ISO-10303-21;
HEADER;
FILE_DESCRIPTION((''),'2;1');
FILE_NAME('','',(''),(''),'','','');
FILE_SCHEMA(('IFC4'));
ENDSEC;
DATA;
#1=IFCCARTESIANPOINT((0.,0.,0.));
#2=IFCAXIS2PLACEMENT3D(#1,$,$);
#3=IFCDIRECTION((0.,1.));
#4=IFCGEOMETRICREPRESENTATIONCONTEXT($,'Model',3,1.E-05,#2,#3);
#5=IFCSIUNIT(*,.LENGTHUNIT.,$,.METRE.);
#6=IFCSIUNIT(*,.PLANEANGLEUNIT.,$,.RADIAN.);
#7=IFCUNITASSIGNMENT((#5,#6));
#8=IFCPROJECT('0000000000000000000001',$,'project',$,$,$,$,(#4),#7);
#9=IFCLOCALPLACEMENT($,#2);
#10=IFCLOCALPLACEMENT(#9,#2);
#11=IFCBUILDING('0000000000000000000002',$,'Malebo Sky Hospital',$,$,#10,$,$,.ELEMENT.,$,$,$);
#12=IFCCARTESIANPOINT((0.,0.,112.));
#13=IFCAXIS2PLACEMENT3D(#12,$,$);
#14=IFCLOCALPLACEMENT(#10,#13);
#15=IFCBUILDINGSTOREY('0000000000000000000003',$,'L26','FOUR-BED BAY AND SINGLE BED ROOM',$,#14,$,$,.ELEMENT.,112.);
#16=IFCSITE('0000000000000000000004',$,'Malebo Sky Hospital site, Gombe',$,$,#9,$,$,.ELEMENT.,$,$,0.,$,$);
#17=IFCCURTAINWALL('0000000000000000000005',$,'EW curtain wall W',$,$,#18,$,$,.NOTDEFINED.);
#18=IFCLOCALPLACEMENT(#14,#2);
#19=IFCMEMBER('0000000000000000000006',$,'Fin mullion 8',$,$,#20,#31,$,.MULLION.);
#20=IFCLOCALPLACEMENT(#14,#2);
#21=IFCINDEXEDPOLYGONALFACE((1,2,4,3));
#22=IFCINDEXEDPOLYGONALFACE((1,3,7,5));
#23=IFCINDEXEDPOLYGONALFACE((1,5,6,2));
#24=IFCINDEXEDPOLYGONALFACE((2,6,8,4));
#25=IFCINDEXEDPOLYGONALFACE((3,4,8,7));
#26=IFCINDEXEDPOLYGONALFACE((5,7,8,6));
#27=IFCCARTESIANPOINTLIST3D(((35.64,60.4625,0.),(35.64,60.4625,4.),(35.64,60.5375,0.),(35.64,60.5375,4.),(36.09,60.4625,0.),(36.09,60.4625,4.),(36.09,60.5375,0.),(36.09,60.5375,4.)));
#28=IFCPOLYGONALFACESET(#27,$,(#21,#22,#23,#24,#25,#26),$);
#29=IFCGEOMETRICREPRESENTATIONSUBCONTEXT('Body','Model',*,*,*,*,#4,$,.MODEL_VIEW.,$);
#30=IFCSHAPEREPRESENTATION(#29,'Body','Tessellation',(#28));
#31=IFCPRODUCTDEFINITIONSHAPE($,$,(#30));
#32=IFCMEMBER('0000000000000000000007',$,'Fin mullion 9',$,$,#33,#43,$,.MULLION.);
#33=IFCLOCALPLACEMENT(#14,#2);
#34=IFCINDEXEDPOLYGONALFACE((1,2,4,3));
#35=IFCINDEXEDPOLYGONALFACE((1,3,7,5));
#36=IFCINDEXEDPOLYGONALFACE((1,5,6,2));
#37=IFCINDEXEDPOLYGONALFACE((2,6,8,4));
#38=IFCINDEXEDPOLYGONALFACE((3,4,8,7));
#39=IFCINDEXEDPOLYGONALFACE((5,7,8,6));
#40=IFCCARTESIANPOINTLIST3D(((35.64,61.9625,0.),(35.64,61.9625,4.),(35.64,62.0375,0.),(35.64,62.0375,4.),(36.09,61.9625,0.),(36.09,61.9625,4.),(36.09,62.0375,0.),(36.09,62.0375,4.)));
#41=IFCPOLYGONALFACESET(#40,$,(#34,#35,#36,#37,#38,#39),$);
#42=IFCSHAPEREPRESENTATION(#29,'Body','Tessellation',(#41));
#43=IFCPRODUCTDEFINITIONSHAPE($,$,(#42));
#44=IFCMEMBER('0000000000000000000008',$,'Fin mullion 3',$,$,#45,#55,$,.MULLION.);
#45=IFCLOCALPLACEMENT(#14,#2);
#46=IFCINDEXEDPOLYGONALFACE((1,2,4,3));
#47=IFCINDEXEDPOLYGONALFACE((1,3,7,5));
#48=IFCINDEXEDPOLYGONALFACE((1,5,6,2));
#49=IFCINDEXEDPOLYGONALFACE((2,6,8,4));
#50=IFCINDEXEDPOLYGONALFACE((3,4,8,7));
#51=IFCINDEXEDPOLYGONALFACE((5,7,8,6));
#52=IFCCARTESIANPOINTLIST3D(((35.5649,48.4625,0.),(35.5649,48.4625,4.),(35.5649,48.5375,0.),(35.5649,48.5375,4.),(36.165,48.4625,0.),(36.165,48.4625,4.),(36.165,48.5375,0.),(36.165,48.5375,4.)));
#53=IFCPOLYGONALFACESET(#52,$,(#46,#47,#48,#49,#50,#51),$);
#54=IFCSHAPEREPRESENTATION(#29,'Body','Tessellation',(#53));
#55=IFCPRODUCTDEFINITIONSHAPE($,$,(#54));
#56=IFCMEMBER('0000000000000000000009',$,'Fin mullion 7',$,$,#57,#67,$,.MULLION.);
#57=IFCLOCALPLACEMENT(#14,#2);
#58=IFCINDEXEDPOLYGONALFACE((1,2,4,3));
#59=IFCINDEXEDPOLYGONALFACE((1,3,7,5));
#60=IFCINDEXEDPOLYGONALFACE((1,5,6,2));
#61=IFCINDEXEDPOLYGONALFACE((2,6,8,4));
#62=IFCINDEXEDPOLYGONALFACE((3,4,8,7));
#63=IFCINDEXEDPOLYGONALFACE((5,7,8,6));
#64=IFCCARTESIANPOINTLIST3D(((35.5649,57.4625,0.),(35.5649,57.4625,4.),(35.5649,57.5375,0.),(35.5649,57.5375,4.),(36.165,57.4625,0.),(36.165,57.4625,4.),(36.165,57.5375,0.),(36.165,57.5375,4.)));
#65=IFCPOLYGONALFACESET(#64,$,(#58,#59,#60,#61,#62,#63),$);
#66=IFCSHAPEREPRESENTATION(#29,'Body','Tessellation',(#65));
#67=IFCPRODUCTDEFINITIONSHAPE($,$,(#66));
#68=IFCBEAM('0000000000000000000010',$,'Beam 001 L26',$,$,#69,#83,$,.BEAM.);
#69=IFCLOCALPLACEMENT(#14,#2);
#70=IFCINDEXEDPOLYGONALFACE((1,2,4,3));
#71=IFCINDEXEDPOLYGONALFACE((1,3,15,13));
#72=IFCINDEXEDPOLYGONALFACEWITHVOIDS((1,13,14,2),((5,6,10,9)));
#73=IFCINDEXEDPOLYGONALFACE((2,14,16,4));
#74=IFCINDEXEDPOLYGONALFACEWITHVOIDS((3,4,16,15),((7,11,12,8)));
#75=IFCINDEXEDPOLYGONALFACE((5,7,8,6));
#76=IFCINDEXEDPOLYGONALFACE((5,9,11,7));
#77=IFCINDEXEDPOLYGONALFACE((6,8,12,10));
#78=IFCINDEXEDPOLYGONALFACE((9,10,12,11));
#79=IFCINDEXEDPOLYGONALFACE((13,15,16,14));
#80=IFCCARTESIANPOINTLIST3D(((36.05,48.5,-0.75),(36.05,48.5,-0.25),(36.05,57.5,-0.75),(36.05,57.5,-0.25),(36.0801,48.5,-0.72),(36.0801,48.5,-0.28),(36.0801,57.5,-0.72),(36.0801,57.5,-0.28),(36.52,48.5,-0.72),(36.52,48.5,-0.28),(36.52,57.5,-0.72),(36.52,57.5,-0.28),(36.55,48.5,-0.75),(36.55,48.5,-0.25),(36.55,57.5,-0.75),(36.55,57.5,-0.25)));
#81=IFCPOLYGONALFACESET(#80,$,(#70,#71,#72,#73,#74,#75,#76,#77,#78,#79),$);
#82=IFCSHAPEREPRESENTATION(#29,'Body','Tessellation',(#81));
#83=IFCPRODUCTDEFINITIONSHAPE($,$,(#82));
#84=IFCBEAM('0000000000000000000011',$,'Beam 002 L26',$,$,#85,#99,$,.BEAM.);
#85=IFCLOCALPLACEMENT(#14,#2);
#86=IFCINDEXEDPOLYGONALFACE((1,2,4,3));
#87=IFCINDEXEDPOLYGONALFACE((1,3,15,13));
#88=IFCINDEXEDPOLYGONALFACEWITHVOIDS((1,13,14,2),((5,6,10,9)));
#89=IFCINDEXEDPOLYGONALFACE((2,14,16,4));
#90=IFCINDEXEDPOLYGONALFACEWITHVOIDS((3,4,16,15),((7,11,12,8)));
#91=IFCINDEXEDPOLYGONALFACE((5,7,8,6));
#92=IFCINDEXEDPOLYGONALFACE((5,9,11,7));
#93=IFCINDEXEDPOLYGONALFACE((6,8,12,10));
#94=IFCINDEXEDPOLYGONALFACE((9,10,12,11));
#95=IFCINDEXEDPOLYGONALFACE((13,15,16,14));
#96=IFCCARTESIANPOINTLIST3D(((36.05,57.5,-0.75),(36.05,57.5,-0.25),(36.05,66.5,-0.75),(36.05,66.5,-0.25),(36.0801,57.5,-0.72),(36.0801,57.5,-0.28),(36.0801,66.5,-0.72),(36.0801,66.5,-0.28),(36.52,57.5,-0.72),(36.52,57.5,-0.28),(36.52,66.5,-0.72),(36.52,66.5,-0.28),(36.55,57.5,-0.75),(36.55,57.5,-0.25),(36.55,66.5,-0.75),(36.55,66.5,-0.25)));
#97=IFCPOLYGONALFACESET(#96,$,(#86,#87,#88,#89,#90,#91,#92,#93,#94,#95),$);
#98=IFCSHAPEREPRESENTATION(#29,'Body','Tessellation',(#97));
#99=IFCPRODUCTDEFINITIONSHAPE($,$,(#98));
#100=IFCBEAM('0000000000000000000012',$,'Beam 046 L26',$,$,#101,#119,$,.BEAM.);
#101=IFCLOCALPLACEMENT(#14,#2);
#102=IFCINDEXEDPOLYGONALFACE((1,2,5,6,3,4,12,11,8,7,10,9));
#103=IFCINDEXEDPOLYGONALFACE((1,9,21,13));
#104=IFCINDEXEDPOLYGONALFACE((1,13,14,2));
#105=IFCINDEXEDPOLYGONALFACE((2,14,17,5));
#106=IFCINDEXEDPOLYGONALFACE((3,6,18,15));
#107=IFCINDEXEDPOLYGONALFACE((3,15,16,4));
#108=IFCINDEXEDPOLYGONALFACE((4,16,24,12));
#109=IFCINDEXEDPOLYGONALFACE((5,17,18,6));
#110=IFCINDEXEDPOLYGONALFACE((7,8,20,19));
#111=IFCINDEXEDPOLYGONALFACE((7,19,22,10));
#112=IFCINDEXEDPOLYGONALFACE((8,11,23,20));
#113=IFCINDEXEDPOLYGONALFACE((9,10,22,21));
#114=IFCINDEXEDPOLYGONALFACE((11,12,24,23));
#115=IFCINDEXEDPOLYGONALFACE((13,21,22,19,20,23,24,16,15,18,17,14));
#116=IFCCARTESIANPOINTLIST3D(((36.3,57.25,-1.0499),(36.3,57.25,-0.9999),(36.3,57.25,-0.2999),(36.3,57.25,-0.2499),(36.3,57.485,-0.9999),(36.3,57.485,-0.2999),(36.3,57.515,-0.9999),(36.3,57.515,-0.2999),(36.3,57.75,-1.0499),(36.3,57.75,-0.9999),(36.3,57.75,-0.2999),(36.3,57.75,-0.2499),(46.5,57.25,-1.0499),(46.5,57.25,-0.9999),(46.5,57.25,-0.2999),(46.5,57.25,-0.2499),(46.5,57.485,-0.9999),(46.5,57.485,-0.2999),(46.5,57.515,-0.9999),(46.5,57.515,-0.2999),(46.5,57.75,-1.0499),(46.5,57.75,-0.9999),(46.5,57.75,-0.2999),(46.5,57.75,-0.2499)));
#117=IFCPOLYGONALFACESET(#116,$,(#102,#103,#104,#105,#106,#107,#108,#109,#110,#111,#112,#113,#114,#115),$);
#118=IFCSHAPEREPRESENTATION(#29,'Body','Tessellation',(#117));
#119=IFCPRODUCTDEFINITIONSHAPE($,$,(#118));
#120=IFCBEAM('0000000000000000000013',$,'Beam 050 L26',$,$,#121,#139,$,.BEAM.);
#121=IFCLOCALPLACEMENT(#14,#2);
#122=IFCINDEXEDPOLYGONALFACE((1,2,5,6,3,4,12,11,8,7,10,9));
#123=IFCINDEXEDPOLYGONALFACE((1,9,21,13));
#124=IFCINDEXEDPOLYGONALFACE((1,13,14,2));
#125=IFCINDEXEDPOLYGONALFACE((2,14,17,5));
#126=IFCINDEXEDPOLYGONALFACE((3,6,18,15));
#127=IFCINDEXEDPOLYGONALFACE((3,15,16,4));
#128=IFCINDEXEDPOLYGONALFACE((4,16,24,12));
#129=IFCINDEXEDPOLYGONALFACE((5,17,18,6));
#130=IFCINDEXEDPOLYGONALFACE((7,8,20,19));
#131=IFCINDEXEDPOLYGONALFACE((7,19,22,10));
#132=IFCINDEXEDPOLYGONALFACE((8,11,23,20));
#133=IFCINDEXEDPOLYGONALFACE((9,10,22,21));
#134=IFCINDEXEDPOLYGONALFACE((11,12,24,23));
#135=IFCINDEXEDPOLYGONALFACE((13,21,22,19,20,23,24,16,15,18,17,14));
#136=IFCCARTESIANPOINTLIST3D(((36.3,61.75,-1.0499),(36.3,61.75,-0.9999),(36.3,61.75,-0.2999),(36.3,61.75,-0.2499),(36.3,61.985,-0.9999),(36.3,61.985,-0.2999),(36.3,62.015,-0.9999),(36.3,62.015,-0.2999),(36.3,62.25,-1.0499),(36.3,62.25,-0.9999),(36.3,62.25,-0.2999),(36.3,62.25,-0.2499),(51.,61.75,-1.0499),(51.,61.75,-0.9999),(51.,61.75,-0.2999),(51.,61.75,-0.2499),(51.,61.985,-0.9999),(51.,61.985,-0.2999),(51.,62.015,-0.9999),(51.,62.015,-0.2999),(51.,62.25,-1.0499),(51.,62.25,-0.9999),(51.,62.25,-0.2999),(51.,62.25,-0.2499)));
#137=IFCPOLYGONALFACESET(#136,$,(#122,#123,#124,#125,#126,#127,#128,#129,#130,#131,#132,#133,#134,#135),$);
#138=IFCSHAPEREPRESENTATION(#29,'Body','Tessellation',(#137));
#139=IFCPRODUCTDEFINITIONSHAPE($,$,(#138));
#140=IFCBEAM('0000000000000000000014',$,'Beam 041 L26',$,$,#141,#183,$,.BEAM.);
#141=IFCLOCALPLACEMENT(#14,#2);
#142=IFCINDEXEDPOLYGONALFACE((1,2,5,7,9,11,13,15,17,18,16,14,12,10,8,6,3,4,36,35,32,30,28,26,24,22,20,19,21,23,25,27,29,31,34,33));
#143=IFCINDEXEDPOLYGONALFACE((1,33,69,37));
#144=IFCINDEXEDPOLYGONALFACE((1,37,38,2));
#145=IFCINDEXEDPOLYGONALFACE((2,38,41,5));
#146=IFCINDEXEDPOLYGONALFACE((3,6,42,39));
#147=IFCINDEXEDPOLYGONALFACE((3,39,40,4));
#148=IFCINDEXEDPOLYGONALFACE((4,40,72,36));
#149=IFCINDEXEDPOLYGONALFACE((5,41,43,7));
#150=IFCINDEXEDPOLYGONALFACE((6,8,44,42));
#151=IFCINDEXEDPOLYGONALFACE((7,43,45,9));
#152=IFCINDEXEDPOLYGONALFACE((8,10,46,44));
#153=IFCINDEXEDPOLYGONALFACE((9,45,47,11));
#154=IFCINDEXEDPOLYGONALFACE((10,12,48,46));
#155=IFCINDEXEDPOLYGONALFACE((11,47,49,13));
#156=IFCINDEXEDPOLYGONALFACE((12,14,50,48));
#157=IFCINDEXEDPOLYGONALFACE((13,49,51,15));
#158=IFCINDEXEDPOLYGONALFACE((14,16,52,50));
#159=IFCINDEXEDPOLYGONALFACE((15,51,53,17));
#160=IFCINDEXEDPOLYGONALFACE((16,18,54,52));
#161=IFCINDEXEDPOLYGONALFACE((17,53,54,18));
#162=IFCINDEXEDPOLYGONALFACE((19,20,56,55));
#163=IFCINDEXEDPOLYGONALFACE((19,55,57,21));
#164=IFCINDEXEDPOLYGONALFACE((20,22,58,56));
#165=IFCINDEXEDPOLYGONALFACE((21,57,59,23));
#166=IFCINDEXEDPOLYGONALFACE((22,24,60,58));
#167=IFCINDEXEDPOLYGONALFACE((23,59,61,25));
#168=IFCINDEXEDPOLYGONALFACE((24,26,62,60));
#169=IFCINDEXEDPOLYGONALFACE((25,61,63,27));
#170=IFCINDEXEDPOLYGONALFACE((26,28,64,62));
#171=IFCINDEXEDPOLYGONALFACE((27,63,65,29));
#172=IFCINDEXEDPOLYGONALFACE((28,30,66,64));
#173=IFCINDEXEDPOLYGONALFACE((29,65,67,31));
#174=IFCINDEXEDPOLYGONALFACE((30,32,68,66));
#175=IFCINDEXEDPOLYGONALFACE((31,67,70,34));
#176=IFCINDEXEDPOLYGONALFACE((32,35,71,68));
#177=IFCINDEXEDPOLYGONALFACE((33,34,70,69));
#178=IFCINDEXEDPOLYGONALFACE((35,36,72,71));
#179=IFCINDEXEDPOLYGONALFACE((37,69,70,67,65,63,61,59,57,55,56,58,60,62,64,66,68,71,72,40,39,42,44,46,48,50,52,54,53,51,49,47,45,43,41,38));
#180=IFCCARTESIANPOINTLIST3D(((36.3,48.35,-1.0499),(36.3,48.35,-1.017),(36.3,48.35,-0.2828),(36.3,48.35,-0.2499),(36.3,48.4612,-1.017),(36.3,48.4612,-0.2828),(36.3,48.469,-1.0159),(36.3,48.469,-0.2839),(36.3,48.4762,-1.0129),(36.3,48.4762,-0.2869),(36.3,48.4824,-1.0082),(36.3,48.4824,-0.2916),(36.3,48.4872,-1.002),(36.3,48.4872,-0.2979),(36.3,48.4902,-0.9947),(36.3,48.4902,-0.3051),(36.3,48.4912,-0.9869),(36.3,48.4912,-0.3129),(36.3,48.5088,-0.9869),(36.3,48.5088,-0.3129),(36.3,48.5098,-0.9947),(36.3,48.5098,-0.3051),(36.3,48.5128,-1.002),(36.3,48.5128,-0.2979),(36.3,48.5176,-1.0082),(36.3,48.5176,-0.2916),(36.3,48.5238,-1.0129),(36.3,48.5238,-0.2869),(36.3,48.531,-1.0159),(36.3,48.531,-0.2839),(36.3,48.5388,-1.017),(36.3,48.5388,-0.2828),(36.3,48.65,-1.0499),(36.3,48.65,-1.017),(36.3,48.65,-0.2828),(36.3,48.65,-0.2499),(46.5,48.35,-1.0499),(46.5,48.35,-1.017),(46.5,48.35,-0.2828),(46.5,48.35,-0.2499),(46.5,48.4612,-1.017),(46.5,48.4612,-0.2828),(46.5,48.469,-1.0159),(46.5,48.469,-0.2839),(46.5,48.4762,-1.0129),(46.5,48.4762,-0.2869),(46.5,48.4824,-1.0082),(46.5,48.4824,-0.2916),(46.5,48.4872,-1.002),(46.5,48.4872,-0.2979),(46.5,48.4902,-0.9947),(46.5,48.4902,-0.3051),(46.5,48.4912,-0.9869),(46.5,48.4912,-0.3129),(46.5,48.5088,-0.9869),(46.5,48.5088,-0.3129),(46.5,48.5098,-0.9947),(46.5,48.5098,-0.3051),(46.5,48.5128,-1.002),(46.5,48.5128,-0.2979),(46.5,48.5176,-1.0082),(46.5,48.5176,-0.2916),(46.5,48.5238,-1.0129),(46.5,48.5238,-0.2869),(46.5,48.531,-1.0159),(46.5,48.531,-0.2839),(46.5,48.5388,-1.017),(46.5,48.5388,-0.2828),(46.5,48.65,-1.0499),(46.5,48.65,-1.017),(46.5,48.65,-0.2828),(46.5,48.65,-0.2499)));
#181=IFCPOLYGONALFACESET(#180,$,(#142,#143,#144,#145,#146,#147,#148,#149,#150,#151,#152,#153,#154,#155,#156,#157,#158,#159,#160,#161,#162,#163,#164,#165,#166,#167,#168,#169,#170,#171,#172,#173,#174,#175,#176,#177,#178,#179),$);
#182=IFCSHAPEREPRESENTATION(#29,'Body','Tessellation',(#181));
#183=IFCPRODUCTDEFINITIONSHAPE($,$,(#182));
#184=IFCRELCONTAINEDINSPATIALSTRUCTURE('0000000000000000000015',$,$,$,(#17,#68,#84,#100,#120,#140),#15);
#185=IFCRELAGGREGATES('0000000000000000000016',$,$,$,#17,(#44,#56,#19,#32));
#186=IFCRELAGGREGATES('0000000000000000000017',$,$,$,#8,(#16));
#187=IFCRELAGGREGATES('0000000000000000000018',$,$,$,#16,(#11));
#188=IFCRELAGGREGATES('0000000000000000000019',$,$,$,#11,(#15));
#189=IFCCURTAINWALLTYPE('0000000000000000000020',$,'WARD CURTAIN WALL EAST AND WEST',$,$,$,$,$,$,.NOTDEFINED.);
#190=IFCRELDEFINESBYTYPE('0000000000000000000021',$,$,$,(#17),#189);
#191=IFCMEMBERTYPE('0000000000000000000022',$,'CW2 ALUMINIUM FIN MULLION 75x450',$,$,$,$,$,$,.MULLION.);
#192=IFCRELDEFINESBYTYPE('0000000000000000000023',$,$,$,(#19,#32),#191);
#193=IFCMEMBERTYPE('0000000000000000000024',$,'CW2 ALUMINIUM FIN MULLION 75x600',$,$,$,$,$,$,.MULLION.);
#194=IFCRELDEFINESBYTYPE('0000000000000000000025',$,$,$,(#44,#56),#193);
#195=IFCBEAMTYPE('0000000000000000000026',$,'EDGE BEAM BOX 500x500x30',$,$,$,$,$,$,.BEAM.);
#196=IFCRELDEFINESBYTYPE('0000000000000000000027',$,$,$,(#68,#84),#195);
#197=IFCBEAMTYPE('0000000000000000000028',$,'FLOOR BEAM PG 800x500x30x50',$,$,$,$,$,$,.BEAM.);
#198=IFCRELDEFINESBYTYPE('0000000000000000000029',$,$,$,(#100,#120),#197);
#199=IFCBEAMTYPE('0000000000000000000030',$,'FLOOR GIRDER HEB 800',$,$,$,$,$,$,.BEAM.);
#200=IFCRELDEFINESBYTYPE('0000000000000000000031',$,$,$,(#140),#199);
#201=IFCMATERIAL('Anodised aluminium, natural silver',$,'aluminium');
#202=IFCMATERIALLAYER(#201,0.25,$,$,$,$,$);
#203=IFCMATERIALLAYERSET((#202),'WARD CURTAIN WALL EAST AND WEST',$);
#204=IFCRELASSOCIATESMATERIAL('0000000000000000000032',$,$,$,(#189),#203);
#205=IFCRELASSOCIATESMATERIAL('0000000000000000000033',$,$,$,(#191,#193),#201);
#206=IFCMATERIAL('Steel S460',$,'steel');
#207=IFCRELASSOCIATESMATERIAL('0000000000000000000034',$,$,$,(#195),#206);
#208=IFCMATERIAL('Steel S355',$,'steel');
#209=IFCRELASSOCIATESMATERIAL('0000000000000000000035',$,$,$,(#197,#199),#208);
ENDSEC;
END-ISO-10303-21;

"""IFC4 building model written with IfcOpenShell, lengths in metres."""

from ifc_helpers import new_model, si_unit, direction, frame, origin, origin_2d, place, context, subcontext, project, spatial, rectangle, hollow_rectangle, i_section, extrude, material, layer, layer_set, material_profile, profile_set, type_object, element, aggregate, save


model = new_model("IFC4")

# Units and contexts
model_context = context("Model", 3, precision=1e-05, world=origin(), true_north=direction((0.0, 1.0)))
body_context = subcontext(model_context, "Body", "Model", "MODEL_VIEW")
ifc_project = project(units=[si_unit("LENGTHUNIT", "METRE"), si_unit("PLANEANGLEUNIT", "RADIAN")], contexts=[model_context])

# Site, building, storey
site_placement = place(None, origin())
site = spatial("IfcSite", under=ifc_project, at=site_placement, Name="Malebo Sky Hospital site, Gombe", CompositionType="ELEMENT", RefElevation=0.0)
building_placement = place(site_placement, origin())
building = spatial("IfcBuilding", under=site, at=building_placement, Name="Malebo Sky Hospital", CompositionType="ELEMENT")
storey_placement = place(building_placement, frame((0.0, 0.0, 112.0)))
storey = spatial("IfcBuildingStorey", under=building, at=storey_placement, Name="L26", Description="FOUR-BED BAY AND SINGLE BED ROOM", CompositionType="ELEMENT", Elevation=112.0)

# Shared definitions
ifc_material_1 = material(Name="Steel S460", Category="steel")

# Curtain wall
ifc_material_2 = material(Name="Anodised aluminium, natural silver", Category="aluminium")
ifc_layer_1 = layer(ifc_material_2, 0.25)
ifc_layer_set_1 = layer_set([ifc_layer_1], Name="WARD CURTAIN WALL EAST AND WEST")
curtain_wall_type = type_object("IfcCurtainWallType", Name="WARD CURTAIN WALL EAST AND WEST", PredefinedType="NOTDEFINED", material=ifc_layer_set_1)
curtain_wall_placement = place(storey_placement, origin())
curtain_wall = element("IfcCurtainWall", 1, at=curtain_wall_placement, inside=storey, type_object=curtain_wall_type, Name="EW curtain wall W", PredefinedType="NOTDEFINED")

# Members
ifc_material_3 = material(Name="Steel S355", Category="steel")
ifc_material_profile_1 = material_profile(ifc_material_2, rectangle(XDim=0.075, YDim=0.45, at=origin_2d()), Name="CW2 ALUMINIUM FIN MULLION 75x450")
ifc_profile_set_1 = profile_set([ifc_material_profile_1], Name="Anodised aluminium, natural silver")
member_type_1 = type_object("IfcMemberType", Name="CW2 ALUMINIUM FIN MULLION 75x450", PredefinedType="MULLION", material=ifc_profile_set_1)
member_1_placement = place(storey_placement, frame((35.865, 60.5, 0.0), z_axis=(0.0, 0.0, 1.0), x_axis=(0.0, 1.0, 0.0)))
member_1 = element("IfcMember", 2, at=member_1_placement, type_object=member_type_1, Name="Fin mullion 8", PredefinedType="MULLION", context=body_context, shape_type="SweptSolid", body=[
    extrude(rectangle(XDim=0.075, YDim=0.45, at=origin_2d()), origin(), (0.0, 0.0, 1.0), 4.0),
])
member_2_placement = place(storey_placement, frame((35.865, 62.0, 0.0), z_axis=(0.0, 0.0, 1.0), x_axis=(0.0, 1.0, 0.0)))
member_2 = element("IfcMember", 3, at=member_2_placement, type_object=member_type_1, Name="Fin mullion 9", PredefinedType="MULLION", context=body_context, shape_type="SweptSolid", body=[
    extrude(rectangle(XDim=0.075, YDim=0.45, at=origin_2d()), origin(), (0.0, 0.0, 1.0), 4.0),
])
ifc_material_profile_2 = material_profile(ifc_material_2, rectangle(XDim=0.075, YDim=0.6001, at=origin_2d()), Name="CW2 ALUMINIUM FIN MULLION 75x600")
ifc_profile_set_2 = profile_set([ifc_material_profile_2], Name="Anodised aluminium, natural silver")
member_type_2 = type_object("IfcMemberType", Name="CW2 ALUMINIUM FIN MULLION 75x600", PredefinedType="MULLION", material=ifc_profile_set_2)
member_3_placement = place(storey_placement, frame((35.865, 48.5, 0.0), z_axis=(0.0, 0.0, 1.0), x_axis=(0.0, 1.0, 0.0)))
member_3 = element("IfcMember", 4, at=member_3_placement, type_object=member_type_2, Name="Fin mullion 3", PredefinedType="MULLION", context=body_context, shape_type="SweptSolid", body=[
    extrude(rectangle(XDim=0.075, YDim=0.6001, at=origin_2d()), origin(), (0.0, 0.0, 1.0), 4.0),
])
member_4_placement = place(storey_placement, frame((35.865, 57.5, 0.0), z_axis=(0.0, 0.0, 1.0), x_axis=(0.0, 1.0, 0.0)))
member_4 = element("IfcMember", 5, at=member_4_placement, type_object=member_type_2, Name="Fin mullion 7", PredefinedType="MULLION", context=body_context, shape_type="SweptSolid", body=[
    extrude(rectangle(XDim=0.075, YDim=0.6001, at=origin_2d()), origin(), (0.0, 0.0, 1.0), 4.0),
])

# Beams
ifc_material_profile_3 = material_profile(ifc_material_1, hollow_rectangle(XDim=0.5, YDim=0.5, WallThickness=0.03, at=origin_2d()), Name="BOX 500x500x30")
ifc_profile_set_3 = profile_set([ifc_material_profile_3], Name="Steel S460")
beam_type_1 = type_object("IfcBeamType", Name="EDGE BEAM BOX 500x500x30", PredefinedType="BEAM", material=ifc_profile_set_3)
for number, where, z_axis, x_axis, name in (
    (6, (36.3, 48.5, -0.5), (0.0, 1.0, 0.0), (-1.0, 0.0, 0.0), "Beam 001 L26"),
    (7, (36.3, 57.5, -0.5), (0.0, 1.0, 0.0), (-1.0, 0.0, 0.0), "Beam 002 L26"),
):
    element("IfcBeam", number, at=place(storey_placement, frame(where, z_axis=z_axis, x_axis=x_axis)), inside=storey, type_object=beam_type_1, Name=name, PredefinedType="BEAM", context=body_context, shape_type="SweptSolid", body=[
        extrude(hollow_rectangle(XDim=0.5, YDim=0.5, WallThickness=0.03, at=origin_2d()), origin(), (0.0, 0.0, 1.0), 9.0),
    ])
ifc_material_profile_4 = material_profile(ifc_material_3, i_section(OverallWidth=0.5, OverallDepth=0.8, WebThickness=0.03, FlangeThickness=0.05, at=origin_2d()), Name="PG 800x500x30x50")
ifc_profile_set_4 = profile_set([ifc_material_profile_4], Name="Steel S355")
beam_type_2 = type_object("IfcBeamType", Name="FLOOR BEAM PG 800x500x30x50", PredefinedType="BEAM", material=ifc_profile_set_4)
beam_1_placement = place(storey_placement, frame((36.3, 57.5, -0.6499), z_axis=(1.0, 0.0, 0.0), x_axis=(0.0, 1.0, 0.0)))
element("IfcBeam", 8, at=beam_1_placement, inside=storey, type_object=beam_type_2, Name="Beam 046 L26", PredefinedType="BEAM", context=body_context, shape_type="SweptSolid", body=[
    extrude(i_section(OverallWidth=0.5, OverallDepth=0.8, WebThickness=0.03, FlangeThickness=0.05, at=origin_2d()), origin(), (0.0, 0.0, 1.0), 10.2),
])
beam_2_placement = place(storey_placement, frame((36.3, 62.0, -0.6499), z_axis=(1.0, 0.0, 0.0), x_axis=(0.0, 1.0, 0.0)))
element("IfcBeam", 9, at=beam_2_placement, inside=storey, type_object=beam_type_2, Name="Beam 050 L26", PredefinedType="BEAM", context=body_context, shape_type="SweptSolid", body=[
    extrude(i_section(OverallWidth=0.5, OverallDepth=0.8, WebThickness=0.03, FlangeThickness=0.05, at=origin_2d()), origin(), (0.0, 0.0, 1.0), 14.7),
])
ifc_material_profile_5 = material_profile(ifc_material_3, i_section(OverallWidth=0.3, OverallDepth=0.8, WebThickness=0.0176, FlangeThickness=0.033, FilletRadius=0.03, at=origin_2d()), Name="HEB 800")
ifc_profile_set_5 = profile_set([ifc_material_profile_5], Name="Steel S355")
beam_type_3 = type_object("IfcBeamType", Name="FLOOR GIRDER HEB 800", PredefinedType="BEAM", material=ifc_profile_set_5)
beam_3_placement = place(storey_placement, frame((36.3, 48.5, -0.6499), z_axis=(1.0, 0.0, 0.0), x_axis=(0.0, 1.0, 0.0)))
element("IfcBeam", 10, at=beam_3_placement, inside=storey, type_object=beam_type_3, Name="Beam 041 L26", PredefinedType="BEAM", context=body_context, shape_type="SweptSolid", body=[
    extrude(i_section(OverallWidth=0.3, OverallDepth=0.8, WebThickness=0.0176, FlangeThickness=0.033, FilletRadius=0.03, at=origin_2d()), origin(), (0.0, 0.0, 1.0), 10.2),
])

aggregate(curtain_wall, [member_3, member_4, member_1, member_2])

save(model, "model.ifc")
